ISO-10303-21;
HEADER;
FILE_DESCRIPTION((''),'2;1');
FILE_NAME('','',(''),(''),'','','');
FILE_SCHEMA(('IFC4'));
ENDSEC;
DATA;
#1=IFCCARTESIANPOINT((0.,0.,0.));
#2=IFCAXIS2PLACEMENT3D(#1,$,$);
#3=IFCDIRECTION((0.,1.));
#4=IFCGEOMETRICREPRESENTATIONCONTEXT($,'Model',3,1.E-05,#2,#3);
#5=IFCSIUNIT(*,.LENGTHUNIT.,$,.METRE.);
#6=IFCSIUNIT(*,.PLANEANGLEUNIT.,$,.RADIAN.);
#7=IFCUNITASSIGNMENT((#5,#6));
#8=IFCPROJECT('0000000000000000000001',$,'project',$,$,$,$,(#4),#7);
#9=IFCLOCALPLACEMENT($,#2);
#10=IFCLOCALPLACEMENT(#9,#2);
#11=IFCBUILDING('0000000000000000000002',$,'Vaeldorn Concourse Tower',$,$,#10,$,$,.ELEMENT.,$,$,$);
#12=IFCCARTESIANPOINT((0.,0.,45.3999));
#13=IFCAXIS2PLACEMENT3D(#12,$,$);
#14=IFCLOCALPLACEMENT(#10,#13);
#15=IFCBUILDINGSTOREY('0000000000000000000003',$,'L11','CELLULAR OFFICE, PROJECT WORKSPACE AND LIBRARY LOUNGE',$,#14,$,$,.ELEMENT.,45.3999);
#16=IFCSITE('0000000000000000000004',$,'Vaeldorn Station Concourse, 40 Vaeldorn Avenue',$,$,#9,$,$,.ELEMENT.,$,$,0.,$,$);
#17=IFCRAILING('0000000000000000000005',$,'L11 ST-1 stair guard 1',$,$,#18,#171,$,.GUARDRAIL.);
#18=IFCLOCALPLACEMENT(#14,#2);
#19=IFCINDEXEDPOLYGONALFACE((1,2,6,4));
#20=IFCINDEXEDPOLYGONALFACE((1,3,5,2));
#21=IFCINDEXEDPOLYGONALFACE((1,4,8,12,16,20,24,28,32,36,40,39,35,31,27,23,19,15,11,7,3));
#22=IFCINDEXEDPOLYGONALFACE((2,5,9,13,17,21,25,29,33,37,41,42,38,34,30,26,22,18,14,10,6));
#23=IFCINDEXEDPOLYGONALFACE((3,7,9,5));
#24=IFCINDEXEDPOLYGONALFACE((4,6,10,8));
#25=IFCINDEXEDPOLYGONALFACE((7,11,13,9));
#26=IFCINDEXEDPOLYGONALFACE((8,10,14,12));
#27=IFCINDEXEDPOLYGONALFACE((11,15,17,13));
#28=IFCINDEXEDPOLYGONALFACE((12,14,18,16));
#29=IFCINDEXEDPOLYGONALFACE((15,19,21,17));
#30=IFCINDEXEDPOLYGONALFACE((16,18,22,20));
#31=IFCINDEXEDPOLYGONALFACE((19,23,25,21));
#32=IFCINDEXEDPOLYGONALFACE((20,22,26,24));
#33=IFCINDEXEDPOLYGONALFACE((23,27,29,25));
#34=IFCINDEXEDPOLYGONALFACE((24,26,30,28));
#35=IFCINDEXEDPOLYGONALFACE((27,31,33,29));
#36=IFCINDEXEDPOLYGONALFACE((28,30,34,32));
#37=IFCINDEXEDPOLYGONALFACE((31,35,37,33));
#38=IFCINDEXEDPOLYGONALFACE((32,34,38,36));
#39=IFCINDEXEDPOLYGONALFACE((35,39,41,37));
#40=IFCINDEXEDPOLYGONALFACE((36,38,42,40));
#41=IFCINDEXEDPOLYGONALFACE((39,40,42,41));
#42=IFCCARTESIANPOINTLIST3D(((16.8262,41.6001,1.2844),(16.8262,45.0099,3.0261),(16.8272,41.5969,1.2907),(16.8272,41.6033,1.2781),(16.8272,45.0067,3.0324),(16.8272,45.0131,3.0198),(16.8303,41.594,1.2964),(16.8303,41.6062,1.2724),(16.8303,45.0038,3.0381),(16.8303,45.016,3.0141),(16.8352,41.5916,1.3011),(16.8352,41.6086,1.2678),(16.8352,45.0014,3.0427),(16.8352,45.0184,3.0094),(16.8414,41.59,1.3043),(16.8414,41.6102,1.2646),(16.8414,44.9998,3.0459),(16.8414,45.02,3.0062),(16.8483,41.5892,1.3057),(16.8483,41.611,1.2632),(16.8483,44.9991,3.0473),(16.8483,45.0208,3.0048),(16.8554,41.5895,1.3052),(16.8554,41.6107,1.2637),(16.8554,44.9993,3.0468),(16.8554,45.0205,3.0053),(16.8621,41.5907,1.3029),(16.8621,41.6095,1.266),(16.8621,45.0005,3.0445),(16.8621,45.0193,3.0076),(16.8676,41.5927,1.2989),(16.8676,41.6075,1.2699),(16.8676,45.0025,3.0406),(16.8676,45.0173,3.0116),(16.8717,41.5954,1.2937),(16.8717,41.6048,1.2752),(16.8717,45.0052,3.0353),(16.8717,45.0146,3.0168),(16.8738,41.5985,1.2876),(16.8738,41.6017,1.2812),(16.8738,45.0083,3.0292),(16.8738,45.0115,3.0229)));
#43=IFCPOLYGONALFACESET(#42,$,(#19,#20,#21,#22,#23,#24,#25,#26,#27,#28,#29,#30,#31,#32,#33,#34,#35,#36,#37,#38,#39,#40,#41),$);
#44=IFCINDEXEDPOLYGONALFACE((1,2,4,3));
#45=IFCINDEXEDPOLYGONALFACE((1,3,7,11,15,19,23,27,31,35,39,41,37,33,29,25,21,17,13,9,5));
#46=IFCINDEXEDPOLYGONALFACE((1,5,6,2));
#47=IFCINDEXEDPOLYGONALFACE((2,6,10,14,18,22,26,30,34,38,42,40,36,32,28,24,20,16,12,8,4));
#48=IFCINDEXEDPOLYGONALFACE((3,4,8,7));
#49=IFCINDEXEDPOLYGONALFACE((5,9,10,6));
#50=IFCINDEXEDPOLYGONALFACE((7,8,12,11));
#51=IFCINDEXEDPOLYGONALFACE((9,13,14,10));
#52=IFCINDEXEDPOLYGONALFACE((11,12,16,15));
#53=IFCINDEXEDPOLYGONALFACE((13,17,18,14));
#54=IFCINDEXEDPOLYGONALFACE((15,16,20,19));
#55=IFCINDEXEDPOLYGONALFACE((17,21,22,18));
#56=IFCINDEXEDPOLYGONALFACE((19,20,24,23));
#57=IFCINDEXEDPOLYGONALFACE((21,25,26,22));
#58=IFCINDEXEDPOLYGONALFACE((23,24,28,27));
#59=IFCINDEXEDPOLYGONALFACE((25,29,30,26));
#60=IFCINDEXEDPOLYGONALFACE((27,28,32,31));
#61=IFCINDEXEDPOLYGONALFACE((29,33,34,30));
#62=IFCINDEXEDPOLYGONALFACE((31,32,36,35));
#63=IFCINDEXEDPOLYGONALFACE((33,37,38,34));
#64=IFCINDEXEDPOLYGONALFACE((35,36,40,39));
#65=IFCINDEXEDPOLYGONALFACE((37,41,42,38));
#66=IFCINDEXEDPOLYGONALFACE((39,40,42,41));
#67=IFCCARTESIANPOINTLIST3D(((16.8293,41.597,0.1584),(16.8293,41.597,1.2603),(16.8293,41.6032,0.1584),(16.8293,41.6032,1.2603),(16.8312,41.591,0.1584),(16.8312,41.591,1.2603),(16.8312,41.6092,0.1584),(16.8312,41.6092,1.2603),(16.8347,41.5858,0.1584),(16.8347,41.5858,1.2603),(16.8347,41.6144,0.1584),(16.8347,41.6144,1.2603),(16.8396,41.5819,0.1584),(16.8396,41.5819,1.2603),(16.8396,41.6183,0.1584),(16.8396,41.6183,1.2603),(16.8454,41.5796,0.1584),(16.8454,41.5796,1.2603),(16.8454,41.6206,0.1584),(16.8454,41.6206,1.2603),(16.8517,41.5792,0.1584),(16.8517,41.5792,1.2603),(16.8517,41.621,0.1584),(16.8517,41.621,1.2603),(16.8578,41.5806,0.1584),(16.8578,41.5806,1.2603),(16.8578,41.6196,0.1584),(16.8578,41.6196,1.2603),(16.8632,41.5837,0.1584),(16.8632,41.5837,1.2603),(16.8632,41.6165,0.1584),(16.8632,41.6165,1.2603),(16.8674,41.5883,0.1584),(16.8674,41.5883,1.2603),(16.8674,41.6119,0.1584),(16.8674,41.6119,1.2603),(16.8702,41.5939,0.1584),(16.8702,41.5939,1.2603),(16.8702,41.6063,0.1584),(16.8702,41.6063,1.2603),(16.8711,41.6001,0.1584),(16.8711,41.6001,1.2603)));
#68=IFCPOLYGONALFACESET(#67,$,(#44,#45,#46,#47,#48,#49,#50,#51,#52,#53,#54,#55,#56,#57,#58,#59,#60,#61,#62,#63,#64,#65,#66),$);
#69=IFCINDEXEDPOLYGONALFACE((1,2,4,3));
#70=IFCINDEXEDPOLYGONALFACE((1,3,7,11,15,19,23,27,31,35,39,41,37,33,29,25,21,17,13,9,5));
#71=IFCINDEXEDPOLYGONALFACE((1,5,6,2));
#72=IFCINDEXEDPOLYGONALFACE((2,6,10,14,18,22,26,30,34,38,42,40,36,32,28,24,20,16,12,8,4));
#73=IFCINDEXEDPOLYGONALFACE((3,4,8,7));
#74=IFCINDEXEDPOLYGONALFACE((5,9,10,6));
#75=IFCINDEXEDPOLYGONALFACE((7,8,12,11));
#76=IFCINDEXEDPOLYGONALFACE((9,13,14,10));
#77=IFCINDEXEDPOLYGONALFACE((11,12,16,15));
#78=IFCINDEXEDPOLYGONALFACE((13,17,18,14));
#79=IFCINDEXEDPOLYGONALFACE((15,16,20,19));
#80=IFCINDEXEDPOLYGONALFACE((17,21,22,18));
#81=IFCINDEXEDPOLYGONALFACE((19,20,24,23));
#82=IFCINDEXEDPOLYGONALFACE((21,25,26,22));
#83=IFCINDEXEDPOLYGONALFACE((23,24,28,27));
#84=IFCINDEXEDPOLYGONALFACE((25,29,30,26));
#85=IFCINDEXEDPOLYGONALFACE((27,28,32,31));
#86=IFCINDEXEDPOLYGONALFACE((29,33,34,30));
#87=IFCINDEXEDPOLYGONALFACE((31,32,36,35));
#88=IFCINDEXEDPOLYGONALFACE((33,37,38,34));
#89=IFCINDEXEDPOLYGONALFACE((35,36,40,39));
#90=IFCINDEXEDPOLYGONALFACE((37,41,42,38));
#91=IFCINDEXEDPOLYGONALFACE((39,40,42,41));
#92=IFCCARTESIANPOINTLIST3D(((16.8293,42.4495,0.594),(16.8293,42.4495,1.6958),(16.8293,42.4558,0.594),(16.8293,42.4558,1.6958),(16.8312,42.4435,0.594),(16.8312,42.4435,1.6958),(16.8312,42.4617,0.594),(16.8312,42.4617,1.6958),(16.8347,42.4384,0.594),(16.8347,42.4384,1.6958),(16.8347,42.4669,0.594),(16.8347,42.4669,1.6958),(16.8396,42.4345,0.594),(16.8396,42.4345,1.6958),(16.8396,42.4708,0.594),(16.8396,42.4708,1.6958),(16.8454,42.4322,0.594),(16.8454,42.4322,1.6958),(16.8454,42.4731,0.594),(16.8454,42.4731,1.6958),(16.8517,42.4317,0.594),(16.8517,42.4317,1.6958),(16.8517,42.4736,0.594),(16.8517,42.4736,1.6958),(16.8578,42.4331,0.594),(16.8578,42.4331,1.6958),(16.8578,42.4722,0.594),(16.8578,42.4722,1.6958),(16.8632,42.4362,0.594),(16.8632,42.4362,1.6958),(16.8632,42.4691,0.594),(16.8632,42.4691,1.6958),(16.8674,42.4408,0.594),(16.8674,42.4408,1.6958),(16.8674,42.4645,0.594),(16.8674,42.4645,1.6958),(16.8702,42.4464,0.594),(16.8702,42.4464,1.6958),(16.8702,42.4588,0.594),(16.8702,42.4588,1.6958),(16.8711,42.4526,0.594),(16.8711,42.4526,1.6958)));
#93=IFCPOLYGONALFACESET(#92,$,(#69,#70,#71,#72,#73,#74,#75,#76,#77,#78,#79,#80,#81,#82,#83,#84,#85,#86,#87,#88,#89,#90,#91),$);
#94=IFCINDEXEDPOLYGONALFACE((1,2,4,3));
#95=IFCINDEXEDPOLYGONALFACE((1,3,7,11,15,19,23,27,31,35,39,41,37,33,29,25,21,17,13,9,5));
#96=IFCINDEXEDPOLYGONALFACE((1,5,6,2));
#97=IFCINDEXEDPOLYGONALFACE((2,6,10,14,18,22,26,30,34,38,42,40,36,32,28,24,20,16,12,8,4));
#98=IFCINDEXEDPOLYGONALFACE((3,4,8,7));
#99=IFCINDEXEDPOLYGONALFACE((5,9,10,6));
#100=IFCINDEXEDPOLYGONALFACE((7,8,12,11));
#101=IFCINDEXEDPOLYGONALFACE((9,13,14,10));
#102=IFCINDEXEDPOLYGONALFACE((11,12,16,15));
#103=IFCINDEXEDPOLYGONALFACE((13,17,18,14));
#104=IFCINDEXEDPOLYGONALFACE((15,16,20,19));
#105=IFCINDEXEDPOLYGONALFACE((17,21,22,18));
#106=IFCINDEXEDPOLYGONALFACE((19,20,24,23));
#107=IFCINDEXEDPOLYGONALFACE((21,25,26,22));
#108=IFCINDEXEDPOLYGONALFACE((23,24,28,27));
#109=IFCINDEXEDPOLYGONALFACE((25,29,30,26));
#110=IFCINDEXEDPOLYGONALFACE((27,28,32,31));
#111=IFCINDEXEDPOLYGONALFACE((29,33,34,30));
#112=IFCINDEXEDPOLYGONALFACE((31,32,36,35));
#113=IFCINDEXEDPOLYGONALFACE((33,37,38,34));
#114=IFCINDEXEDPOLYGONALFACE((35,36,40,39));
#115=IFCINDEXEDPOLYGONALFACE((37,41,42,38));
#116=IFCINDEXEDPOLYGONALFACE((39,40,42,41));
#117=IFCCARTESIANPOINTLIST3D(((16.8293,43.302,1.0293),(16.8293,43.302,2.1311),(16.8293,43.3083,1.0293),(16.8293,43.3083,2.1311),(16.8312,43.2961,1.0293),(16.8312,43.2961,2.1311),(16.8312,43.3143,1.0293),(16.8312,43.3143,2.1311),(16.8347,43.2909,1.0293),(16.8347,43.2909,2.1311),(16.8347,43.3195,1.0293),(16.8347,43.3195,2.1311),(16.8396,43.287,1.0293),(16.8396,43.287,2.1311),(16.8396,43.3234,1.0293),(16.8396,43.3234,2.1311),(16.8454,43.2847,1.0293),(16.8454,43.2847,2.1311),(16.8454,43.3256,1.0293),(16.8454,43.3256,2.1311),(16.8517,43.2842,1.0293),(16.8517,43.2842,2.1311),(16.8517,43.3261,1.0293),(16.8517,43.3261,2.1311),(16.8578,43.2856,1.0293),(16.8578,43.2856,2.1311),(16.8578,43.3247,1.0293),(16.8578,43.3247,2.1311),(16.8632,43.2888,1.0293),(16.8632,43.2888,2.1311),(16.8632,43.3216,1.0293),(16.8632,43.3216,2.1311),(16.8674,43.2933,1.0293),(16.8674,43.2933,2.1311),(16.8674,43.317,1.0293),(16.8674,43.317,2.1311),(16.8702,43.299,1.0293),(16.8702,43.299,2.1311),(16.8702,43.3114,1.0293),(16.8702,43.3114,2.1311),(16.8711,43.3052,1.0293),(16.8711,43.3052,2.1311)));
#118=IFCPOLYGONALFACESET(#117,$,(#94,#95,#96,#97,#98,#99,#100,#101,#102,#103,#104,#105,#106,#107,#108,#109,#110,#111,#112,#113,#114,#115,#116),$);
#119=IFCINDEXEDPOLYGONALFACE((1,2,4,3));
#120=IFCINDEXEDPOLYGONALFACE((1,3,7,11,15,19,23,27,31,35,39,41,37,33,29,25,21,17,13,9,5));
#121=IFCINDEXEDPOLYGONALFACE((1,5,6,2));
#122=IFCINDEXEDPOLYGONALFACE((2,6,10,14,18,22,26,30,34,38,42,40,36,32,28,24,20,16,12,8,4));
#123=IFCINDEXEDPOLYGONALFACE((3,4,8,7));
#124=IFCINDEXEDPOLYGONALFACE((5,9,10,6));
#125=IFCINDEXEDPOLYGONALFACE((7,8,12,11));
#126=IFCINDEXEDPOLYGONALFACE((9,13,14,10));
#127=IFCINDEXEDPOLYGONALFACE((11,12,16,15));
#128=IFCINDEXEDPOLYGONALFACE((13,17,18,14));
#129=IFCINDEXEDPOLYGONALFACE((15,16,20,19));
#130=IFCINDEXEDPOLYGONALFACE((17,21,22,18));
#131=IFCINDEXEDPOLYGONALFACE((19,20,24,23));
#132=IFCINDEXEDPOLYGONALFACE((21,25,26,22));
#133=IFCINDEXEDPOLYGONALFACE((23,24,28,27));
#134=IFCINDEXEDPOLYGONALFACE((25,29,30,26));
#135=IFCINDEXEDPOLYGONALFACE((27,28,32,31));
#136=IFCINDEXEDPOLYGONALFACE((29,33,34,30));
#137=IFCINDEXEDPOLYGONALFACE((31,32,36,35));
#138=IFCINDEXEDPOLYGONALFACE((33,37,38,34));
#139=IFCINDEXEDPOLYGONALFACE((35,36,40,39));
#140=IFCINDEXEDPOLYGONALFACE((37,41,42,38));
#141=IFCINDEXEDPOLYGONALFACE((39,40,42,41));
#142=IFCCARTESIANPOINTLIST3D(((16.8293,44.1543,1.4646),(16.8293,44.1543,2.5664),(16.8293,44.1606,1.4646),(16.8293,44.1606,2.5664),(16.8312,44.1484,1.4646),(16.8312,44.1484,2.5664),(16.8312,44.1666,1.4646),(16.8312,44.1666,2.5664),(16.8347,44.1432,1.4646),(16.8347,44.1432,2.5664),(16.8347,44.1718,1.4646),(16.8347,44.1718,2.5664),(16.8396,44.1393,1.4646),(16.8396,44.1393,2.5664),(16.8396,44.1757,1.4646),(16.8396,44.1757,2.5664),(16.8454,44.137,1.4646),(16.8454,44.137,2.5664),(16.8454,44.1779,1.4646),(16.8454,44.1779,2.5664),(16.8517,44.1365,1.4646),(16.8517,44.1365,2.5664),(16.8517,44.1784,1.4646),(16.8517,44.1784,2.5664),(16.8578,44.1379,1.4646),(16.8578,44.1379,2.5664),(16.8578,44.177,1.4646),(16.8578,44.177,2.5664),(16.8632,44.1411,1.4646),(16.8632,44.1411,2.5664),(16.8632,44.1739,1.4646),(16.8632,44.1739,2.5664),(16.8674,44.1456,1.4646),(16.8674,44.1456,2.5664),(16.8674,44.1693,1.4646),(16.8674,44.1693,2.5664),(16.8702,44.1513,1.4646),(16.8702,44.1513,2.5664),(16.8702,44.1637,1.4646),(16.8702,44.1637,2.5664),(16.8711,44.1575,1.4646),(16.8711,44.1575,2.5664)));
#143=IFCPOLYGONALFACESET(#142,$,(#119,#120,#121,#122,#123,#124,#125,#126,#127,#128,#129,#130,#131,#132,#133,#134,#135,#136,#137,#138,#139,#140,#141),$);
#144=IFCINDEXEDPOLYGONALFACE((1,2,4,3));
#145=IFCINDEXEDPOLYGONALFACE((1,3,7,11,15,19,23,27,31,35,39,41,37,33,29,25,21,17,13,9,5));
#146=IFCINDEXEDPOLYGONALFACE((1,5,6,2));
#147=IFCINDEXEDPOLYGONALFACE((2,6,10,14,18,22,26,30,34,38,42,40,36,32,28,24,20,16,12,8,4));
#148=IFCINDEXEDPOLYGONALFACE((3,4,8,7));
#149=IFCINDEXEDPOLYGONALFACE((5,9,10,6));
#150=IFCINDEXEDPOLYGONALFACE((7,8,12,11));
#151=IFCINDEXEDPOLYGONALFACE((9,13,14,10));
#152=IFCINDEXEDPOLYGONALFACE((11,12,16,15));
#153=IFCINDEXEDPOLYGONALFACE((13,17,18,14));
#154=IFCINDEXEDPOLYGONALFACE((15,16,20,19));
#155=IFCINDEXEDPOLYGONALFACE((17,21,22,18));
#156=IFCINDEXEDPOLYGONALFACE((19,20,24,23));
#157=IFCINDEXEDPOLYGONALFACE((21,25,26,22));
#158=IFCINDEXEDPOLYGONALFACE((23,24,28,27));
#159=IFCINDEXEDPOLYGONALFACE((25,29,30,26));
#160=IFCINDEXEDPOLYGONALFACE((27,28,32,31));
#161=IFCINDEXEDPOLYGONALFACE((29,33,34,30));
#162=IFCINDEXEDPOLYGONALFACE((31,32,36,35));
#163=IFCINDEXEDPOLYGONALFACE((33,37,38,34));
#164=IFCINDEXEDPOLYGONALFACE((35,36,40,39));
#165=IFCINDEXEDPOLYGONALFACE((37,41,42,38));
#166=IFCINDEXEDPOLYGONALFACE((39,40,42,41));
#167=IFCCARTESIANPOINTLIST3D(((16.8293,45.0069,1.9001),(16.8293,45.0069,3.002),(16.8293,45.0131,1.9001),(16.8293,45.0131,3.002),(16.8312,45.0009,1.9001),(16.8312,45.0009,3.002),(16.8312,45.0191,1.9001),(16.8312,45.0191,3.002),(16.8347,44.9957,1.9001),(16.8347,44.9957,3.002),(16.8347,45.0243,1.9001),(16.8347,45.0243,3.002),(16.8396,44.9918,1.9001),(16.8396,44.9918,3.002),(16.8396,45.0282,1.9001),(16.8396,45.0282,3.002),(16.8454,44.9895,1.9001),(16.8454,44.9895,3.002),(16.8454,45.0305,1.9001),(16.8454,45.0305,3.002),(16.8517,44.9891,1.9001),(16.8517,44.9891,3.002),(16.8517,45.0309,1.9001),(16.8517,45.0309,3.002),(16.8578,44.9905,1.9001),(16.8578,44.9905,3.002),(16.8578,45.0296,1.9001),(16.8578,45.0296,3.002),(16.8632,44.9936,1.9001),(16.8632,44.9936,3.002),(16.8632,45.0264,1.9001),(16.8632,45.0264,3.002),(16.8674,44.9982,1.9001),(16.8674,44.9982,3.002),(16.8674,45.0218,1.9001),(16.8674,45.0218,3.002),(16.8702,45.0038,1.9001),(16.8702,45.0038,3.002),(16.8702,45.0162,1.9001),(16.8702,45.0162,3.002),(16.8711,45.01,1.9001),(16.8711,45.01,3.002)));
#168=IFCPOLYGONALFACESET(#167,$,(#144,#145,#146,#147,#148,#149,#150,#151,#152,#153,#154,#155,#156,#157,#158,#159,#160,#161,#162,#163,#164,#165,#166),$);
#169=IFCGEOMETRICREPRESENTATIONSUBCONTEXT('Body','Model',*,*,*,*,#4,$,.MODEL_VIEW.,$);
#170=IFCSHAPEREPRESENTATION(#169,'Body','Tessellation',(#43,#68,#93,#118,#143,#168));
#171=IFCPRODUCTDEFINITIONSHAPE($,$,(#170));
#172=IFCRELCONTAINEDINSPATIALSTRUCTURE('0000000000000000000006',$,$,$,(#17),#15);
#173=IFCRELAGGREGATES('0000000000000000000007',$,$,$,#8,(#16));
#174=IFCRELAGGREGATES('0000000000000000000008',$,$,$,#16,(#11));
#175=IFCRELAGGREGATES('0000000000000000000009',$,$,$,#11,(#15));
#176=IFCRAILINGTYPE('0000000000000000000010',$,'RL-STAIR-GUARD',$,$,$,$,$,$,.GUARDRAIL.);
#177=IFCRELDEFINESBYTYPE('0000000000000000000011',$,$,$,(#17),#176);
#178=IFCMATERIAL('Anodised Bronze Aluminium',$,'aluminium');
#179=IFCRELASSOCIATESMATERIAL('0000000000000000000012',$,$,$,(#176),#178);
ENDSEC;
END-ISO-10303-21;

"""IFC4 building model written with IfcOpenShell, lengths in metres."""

from ifc_helpers import new_model, si_unit, direction, frame, origin, origin_2d, place, context, subcontext, project, spatial, circle, extrude, material, type_object, element, save


model = new_model("IFC4")

# Units and contexts
model_context = context("Model", 3, precision=1e-05, world=origin(), true_north=direction((0.0, 1.0)))
body_context = subcontext(model_context, "Body", "Model", "MODEL_VIEW")
ifc_project = project(units=[si_unit("LENGTHUNIT", "METRE"), si_unit("PLANEANGLEUNIT", "RADIAN")], contexts=[model_context])

# Site, building, storey
site_placement = place(None, origin())
site = spatial("IfcSite", under=ifc_project, at=site_placement, Name="Vaeldorn Station Concourse, 40 Vaeldorn Avenue", CompositionType="ELEMENT", RefElevation=0.0)
building_placement = place(site_placement, origin())
building = spatial("IfcBuilding", under=site, at=building_placement, Name="Vaeldorn Concourse Tower", CompositionType="ELEMENT")
storey_placement = place(building_placement, frame((0.0, 0.0, 45.3999)))
storey = spatial("IfcBuildingStorey", under=building, at=storey_placement, Name="L11", Description="CELLULAR OFFICE, PROJECT WORKSPACE AND LIBRARY LOUNGE", CompositionType="ELEMENT", Elevation=45.3999)

# Shared definitions
ifc_material_1 = material(Name="Anodised Bronze Aluminium", Category="aluminium")

# Railing
railing_type_1 = type_object("IfcRailingType", Name="RL-STAIR-GUARD", PredefinedType="GUARDRAIL", material=ifc_material_1)
railing_1_placement = place(storey_placement, frame((16.8501, 41.6001, 0.1584)))
element("IfcRailing", 1, at=railing_1_placement, inside=storey, type_object=railing_type_1, Name="L11 ST-1 stair guard 1", PredefinedType="GUARDRAIL", context=body_context, shape_type="SweptSolid", body=[
    extrude(circle(Radius=0.0239, at=origin_2d()), frame((0.0, 0.0, 1.126), z_axis=(0.0, 0.890556, 0.454874), x_axis=(-1.0, 0.0, 0.0)), (0.0, 0.0, 1.0), 3.8289),
    extrude(circle(Radius=0.021, at=origin_2d()), origin(), (0.0, 0.0, 1.0), 1.1018),
    extrude(circle(Radius=0.021, at=origin_2d()), frame((0.0, 0.8525, 0.4355)), (0.0, 0.0, 1.0), 1.1018),
    extrude(circle(Radius=0.021, at=origin_2d()), frame((0.0, 1.7051, 0.8708)), (0.0, 0.0, 1.0), 1.1018),
    extrude(circle(Radius=0.021, at=origin_2d()), frame((0.0, 2.5574, 1.3062)), (0.0, 0.0, 1.0), 1.1018),
    extrude(circle(Radius=0.021, at=origin_2d()), frame((0.0, 3.4099, 1.7417)), (0.0, 0.0, 1.0), 1.1018),
])

save(model, "model.ifc")
